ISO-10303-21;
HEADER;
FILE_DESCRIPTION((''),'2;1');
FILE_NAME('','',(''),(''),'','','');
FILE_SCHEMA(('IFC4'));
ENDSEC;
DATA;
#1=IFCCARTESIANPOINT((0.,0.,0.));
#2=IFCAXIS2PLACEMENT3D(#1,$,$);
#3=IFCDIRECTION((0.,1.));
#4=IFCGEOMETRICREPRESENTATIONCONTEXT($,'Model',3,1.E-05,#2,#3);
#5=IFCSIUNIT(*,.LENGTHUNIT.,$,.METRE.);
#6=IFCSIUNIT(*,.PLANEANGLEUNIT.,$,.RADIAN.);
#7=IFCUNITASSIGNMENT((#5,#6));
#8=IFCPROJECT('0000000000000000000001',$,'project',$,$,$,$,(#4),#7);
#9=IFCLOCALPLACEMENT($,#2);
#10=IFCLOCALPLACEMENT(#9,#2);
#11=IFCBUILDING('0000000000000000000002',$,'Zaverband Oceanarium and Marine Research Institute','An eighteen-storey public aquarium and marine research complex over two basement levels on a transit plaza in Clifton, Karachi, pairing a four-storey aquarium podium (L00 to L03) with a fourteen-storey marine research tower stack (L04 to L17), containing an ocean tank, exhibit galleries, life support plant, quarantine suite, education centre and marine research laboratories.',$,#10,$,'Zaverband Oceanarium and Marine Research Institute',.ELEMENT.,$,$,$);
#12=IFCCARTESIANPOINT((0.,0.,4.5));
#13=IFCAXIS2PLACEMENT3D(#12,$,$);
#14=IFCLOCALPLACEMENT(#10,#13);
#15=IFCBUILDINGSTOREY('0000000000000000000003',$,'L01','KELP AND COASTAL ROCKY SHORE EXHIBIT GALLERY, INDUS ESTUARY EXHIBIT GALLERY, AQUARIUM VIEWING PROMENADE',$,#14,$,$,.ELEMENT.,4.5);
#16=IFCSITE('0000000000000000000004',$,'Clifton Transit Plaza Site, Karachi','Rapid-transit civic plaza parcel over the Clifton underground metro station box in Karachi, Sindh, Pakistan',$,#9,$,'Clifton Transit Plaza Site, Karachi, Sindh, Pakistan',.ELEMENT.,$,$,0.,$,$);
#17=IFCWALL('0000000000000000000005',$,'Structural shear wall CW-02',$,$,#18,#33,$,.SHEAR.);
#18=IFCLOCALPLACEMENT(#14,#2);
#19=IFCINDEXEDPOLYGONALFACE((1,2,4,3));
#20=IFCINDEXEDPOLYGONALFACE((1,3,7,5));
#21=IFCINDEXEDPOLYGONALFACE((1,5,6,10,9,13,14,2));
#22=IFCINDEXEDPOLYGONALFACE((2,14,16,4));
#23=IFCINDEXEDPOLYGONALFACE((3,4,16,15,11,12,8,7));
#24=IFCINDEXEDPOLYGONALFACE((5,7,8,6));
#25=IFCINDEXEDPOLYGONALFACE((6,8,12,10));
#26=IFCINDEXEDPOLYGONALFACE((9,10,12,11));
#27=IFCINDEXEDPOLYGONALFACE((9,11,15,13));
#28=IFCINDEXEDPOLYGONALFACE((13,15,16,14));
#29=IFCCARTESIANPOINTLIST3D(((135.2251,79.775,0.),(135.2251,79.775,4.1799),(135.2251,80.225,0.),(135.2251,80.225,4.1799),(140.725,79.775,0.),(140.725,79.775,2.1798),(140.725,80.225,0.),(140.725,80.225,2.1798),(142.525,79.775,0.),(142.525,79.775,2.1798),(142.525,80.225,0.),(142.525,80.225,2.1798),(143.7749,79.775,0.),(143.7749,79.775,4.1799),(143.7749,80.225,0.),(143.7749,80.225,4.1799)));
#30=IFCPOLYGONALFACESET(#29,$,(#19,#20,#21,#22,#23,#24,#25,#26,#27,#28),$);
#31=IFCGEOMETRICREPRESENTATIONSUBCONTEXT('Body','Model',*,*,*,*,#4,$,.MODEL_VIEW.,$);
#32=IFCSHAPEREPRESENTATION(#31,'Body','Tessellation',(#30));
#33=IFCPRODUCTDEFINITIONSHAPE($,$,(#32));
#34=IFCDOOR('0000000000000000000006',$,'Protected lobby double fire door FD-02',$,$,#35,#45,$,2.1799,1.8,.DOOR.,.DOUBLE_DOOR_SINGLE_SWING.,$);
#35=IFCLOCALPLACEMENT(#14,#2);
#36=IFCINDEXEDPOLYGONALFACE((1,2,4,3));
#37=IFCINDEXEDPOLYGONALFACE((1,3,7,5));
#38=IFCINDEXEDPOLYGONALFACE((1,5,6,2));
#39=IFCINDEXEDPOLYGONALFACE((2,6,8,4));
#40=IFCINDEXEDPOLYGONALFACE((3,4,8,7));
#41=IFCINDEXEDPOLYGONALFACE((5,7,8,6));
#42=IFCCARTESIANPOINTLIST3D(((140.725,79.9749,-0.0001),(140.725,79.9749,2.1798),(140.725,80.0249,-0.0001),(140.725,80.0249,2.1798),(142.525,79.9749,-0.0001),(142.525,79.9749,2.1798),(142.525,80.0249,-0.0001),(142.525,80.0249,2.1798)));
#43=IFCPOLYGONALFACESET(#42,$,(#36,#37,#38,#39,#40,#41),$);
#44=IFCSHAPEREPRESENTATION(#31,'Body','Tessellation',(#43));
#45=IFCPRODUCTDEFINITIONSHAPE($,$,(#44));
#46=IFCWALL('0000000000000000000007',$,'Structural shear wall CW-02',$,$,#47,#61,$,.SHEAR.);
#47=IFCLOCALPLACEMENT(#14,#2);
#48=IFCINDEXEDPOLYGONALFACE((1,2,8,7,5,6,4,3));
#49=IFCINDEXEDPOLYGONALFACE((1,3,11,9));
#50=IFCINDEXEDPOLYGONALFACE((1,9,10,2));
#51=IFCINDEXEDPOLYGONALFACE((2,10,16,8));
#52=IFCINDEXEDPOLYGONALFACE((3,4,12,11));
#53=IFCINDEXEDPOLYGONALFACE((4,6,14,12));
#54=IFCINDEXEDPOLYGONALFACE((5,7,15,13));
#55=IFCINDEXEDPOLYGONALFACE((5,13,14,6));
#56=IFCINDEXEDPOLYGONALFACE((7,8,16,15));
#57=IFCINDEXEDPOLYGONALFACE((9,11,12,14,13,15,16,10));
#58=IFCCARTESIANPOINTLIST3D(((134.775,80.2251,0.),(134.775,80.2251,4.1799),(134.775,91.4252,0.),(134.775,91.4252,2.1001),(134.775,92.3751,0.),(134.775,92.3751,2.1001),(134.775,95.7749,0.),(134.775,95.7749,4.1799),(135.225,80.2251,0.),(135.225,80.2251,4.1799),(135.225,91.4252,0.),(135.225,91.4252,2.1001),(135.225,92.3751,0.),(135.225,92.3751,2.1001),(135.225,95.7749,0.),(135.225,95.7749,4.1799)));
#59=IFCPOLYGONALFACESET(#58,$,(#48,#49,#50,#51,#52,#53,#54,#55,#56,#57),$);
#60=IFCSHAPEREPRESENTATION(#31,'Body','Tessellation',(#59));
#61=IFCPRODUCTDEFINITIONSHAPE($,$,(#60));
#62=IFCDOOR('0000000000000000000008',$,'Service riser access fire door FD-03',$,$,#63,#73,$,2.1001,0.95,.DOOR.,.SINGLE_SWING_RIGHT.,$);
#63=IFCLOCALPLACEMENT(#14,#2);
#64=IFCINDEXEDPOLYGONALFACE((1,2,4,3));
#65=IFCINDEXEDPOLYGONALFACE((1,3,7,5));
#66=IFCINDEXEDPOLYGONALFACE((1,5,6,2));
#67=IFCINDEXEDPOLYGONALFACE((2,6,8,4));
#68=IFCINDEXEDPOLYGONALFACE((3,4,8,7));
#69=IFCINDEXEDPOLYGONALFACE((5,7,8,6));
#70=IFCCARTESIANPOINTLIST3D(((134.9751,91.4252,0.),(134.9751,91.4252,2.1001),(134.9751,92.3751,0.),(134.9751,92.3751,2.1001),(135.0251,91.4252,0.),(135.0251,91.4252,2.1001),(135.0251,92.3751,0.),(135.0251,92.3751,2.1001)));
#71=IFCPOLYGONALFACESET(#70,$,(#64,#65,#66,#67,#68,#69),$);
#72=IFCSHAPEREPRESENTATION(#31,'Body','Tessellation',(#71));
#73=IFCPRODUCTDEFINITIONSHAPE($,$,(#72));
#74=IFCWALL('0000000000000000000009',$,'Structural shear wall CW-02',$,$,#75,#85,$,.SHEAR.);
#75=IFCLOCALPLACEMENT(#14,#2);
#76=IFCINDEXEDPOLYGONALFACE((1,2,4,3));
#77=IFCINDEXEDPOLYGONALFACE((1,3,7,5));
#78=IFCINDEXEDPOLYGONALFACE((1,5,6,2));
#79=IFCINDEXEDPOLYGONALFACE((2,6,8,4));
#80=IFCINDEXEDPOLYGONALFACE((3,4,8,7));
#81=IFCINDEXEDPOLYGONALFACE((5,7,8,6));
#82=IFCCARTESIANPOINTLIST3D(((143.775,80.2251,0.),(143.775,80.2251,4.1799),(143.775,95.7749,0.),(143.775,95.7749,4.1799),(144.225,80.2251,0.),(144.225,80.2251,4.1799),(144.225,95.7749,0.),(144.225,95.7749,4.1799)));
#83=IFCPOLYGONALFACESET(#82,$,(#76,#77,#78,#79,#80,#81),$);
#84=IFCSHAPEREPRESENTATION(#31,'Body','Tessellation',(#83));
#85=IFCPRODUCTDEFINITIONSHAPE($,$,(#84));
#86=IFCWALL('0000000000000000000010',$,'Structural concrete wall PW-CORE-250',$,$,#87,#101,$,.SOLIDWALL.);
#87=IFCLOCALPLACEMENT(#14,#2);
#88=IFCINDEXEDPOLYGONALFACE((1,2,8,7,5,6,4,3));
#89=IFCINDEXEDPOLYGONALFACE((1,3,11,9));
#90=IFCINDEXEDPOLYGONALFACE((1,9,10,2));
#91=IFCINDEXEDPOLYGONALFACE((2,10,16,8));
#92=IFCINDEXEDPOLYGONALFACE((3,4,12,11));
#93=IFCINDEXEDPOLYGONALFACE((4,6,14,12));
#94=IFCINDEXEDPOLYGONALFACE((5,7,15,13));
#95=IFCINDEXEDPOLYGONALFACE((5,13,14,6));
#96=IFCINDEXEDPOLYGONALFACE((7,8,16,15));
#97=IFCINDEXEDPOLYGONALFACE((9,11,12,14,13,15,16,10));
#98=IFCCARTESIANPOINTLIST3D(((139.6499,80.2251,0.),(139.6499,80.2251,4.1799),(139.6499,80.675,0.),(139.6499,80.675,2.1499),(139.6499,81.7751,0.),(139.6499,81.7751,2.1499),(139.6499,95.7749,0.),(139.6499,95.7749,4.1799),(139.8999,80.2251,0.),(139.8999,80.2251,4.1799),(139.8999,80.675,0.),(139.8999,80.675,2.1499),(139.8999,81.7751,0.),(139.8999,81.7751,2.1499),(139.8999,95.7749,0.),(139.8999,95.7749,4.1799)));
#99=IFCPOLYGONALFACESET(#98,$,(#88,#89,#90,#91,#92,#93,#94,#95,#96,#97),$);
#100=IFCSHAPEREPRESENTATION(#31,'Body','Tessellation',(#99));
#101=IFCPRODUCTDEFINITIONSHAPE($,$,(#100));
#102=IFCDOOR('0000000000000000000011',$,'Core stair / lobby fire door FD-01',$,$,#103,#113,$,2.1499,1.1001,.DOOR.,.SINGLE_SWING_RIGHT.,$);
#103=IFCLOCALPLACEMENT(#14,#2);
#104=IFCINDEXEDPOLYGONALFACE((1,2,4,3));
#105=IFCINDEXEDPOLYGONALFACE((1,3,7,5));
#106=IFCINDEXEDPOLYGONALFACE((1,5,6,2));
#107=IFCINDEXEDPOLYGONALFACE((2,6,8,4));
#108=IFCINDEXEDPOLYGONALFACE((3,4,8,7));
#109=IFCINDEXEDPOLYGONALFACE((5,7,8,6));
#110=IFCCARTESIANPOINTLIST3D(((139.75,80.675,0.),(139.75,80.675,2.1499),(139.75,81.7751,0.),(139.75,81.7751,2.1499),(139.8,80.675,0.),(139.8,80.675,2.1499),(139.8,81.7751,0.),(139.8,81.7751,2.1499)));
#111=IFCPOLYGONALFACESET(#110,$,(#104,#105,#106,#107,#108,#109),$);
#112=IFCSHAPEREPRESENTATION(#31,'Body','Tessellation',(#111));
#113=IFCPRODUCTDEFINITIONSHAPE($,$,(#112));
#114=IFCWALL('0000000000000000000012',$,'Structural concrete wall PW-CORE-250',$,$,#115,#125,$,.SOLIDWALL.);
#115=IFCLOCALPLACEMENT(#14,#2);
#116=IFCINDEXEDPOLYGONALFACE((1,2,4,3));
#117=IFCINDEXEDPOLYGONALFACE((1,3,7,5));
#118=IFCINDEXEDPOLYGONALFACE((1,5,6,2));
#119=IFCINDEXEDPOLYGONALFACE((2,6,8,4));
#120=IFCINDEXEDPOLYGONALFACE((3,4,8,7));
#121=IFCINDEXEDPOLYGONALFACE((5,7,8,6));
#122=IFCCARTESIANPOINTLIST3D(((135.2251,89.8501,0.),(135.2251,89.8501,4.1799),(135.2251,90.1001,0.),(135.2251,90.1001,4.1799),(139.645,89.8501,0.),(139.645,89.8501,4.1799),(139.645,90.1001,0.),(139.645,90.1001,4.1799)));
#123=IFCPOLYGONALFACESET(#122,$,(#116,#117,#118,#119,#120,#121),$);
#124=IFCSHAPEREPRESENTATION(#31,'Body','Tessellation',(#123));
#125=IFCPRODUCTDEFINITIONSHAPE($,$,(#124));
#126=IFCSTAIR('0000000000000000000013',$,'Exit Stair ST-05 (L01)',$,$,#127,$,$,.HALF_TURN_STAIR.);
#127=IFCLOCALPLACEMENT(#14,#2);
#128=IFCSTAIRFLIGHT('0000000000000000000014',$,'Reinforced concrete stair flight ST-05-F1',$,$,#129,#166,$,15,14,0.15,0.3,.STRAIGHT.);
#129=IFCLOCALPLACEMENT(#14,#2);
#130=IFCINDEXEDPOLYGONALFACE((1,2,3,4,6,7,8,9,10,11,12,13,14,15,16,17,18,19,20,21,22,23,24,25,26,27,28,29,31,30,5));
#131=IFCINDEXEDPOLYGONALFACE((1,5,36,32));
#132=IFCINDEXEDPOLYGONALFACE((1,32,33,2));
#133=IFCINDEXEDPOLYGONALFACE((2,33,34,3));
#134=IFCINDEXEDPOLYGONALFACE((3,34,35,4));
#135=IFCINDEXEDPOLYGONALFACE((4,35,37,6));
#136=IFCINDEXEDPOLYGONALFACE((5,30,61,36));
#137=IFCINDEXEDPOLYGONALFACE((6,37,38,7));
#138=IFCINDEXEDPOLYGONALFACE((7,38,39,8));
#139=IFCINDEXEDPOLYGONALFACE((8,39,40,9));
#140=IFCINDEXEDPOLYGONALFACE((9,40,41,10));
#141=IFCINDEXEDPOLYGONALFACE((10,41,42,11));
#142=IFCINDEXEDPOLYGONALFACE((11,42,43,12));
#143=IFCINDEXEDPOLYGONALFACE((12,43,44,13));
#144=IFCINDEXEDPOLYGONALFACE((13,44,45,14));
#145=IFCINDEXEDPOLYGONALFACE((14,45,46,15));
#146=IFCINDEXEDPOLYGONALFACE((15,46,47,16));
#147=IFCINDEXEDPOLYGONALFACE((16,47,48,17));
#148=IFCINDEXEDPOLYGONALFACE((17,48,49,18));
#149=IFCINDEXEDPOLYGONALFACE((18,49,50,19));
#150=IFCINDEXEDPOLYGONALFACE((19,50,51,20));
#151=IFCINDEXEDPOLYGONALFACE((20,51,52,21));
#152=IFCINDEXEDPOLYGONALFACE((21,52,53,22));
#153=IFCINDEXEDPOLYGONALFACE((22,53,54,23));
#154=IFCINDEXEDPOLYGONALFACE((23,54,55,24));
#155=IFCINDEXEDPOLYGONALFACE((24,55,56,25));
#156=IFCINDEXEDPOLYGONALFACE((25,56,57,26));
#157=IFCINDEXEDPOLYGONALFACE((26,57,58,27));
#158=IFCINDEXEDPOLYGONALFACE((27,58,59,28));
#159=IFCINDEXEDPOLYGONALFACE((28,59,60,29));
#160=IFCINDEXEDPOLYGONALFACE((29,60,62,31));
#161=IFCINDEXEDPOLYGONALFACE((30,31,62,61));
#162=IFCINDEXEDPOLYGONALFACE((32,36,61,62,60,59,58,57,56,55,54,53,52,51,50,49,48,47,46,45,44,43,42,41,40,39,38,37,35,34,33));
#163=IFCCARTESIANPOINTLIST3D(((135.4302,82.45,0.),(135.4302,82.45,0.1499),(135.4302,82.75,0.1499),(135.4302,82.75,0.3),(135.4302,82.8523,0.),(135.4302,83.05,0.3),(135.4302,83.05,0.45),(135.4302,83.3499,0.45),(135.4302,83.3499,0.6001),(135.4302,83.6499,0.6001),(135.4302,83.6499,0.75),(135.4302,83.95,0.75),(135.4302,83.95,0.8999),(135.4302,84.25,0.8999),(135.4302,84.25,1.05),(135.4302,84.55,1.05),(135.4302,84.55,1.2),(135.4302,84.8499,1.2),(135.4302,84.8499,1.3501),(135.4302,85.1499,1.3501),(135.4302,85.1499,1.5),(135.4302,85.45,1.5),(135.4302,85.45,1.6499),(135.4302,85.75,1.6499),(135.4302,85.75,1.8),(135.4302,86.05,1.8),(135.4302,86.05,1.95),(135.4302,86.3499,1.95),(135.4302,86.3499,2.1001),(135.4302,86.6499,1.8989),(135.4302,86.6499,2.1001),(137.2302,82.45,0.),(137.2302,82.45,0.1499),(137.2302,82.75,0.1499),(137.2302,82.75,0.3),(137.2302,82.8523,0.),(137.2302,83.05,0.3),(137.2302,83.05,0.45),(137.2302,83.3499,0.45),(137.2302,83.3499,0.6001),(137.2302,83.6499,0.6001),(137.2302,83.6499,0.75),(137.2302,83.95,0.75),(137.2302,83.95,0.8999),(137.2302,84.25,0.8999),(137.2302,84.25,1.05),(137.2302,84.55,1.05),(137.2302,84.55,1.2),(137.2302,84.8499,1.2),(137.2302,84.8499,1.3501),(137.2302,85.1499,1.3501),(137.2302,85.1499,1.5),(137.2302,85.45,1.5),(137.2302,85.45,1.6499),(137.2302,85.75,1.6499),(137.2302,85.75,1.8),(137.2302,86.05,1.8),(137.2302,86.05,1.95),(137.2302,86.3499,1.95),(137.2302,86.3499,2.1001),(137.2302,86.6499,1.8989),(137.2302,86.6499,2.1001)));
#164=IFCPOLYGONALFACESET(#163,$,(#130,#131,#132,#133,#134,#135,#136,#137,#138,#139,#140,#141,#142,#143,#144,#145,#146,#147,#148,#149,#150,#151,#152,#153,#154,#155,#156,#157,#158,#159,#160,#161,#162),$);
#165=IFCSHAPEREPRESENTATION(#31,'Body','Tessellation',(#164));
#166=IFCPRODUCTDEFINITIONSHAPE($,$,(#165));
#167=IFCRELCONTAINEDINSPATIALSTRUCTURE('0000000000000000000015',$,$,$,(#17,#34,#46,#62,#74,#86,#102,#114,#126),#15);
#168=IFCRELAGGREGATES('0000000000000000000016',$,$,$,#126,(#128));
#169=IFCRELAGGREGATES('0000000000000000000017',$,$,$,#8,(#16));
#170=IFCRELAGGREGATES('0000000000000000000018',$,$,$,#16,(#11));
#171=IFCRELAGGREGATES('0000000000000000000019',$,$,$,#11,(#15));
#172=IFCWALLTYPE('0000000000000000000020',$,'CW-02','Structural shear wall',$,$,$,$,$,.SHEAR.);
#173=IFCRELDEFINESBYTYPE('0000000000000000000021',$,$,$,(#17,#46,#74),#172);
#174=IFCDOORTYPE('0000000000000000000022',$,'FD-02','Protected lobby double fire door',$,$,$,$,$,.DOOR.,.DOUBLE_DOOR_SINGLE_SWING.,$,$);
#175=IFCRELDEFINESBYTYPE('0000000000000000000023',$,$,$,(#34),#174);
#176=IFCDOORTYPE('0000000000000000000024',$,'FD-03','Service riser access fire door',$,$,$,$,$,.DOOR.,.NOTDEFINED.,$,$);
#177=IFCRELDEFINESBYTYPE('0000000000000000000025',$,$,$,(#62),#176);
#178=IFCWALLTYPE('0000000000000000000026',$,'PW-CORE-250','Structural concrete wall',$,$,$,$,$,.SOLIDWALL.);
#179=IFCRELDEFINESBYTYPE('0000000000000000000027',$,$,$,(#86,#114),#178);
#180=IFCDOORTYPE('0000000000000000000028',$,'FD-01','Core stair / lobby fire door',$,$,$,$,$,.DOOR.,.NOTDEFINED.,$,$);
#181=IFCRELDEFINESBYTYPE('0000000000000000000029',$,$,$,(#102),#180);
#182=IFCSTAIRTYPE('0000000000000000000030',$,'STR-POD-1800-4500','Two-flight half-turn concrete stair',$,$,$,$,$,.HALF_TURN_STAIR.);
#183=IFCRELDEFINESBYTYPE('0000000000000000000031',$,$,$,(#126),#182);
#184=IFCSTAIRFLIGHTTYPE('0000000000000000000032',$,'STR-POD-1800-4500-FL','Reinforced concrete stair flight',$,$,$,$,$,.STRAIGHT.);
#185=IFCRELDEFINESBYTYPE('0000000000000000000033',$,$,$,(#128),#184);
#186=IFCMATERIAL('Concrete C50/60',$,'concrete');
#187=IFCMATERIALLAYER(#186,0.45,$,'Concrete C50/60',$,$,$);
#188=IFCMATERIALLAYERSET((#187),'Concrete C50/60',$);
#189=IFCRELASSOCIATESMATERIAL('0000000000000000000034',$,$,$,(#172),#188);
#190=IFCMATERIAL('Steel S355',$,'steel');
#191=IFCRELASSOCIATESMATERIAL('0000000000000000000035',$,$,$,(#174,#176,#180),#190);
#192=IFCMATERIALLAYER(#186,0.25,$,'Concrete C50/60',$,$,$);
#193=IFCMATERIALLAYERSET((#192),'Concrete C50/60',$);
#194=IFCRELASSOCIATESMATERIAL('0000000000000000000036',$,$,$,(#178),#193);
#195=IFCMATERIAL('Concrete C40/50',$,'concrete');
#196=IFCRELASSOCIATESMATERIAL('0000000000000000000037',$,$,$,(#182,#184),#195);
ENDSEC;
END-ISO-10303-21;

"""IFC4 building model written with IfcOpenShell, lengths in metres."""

from ifc_helpers import new_model, si_unit, direction, frame, frame_2d, origin, place, context, subcontext, project, spatial, polyline, rectangle, outline, extrude, material, layer, layer_set, type_object, element, fill, aggregate, save


model = new_model("IFC4")

# Units and contexts
model_context = context("Model", 3, precision=1e-05, world=origin(), true_north=direction((0.0, 1.0)))
body_context = subcontext(model_context, "Body", "Model", "MODEL_VIEW")
ifc_project = project(units=[si_unit("LENGTHUNIT", "METRE"), si_unit("PLANEANGLEUNIT", "RADIAN")], contexts=[model_context])

# Site, building, storey
site_placement = place(None, origin())
site = spatial("IfcSite", under=ifc_project, at=site_placement, Name="Clifton Transit Plaza Site, Karachi", Description="Rapid-transit civic plaza parcel over the Clifton underground metro station box in Karachi, Sindh, Pakistan", LongName="Clifton Transit Plaza Site, Karachi, Sindh, Pakistan", CompositionType="ELEMENT", RefElevation=0.0)
building_placement = place(site_placement, origin())
building = spatial("IfcBuilding", under=site, at=building_placement, Name="Zaverband Oceanarium and Marine Research Institute", Description="An eighteen-storey public aquarium and marine research complex over two basement levels on a transit plaza in Clifton, Karachi, pairing a four-storey aquarium podium (L00 to L03) with a fourteen-storey marine research tower stack (L04 to L17), containing an ocean tank, exhibit galleries, life support plant, quarantine suite, education centre and marine research laboratories.", LongName="Zaverband Oceanarium and Marine Research Institute", CompositionType="ELEMENT")
storey_placement = place(building_placement, frame((0.0, 0.0, 4.5)))
storey = spatial("IfcBuildingStorey", under=building, at=storey_placement, Name="L01", Description="KELP AND COASTAL ROCKY SHORE EXHIBIT GALLERY, INDUS ESTUARY EXHIBIT GALLERY, AQUARIUM VIEWING PROMENADE", CompositionType="ELEMENT", Elevation=4.5)

# Shared definitions
ifc_material_1 = material(Name="Concrete C50/60", Category="concrete")

# Shared definitions
ifc_material_2 = material(Name="Concrete C40/50", Category="concrete")

# Walls, openings, doors
ifc_layer_1 = layer(ifc_material_1, 0.45, Name="Concrete C50/60")
ifc_layer_set_1 = layer_set([ifc_layer_1], Name="Concrete C50/60")
wall_type_1 = type_object("IfcWallType", Name="CW-02", Description="Structural shear wall", PredefinedType="SHEAR", material=ifc_layer_set_1)
wall_1_placement = place(storey_placement, frame((135.2251, 80.0, 0.0), z_axis=(0.0, 0.0, 1.0), x_axis=(1.0, 0.0, 0.0)))
wall_1 = element("IfcWall", 1, at=wall_1_placement, inside=storey, type_object=wall_type_1, Name="Structural shear wall CW-02", PredefinedType="SHEAR", context=body_context, shape_type="SweptSolid", body=[
    extrude(rectangle(XDim=8.5498, YDim=0.45, at=frame_2d((4.2749, 0.0))), origin(), (0.0, 0.0, 1.0), 4.1799),
])
opening_1_placement = place(wall_1_placement, frame((5.5, 0.0, 0.0)))
opening_1 = element("IfcOpeningElement", 2, at=opening_1_placement, cuts=wall_1, PredefinedType="OPENING", context=body_context, shape_type="SweptSolid", body=[
    extrude(rectangle(XDim=1.8, YDim=2.1799, at=frame_2d((0.8999, 1.0898))), frame((0.0, 0.2368, 0.0), z_axis=(0.0, -1.0, 0.0), x_axis=(1.0, 0.0, 0.0)), (0.0, 0.0, 1.0), 0.4739),
])
ifc_material_3 = material(Name="Steel S355", Category="steel")
door_type_1 = type_object("IfcDoorType", Name="FD-02", Description="Protected lobby double fire door", OperationType="DOUBLE_DOOR_SINGLE_SWING", PredefinedType="DOOR", material=ifc_material_3)
door_1_placement = place(opening_1_placement, origin())
door_1 = element("IfcDoor", 3, at=door_1_placement, inside=storey, type_object=door_type_1, Name="Protected lobby double fire door FD-02", OperationType="DOUBLE_DOOR_SINGLE_SWING", OverallHeight=2.1799, OverallWidth=1.8, PredefinedType="DOOR", context=body_context, shape_type="SweptSolid", body=[
    extrude(rectangle(XDim=1.8, YDim=2.1799, at=frame_2d((0.8999, 1.0898))), frame((0.0, 0.0249, 0.0), z_axis=(0.0, -1.0, 0.0), x_axis=(1.0, 0.0, 0.0)), (0.0, 0.0, 1.0), 0.05),
])
fill(opening_1, door_1)
wall_2_placement = place(storey_placement, frame((135.0, 80.2251, 0.0), z_axis=(0.0, 0.0, 1.0), x_axis=(0.0, 1.0, 0.0)))
wall_2 = element("IfcWall", 4, at=wall_2_placement, inside=storey, type_object=wall_type_1, Name="Structural shear wall CW-02", PredefinedType="SHEAR", context=body_context, shape_type="SweptSolid", body=[
    extrude(rectangle(XDim=15.5498, YDim=0.45, at=frame_2d((7.7749, 0.0))), origin(), (0.0, 0.0, 1.0), 4.1799),
])
opening_2_placement = place(wall_2_placement, frame((11.2, 0.0, 0.0)))
opening_2 = element("IfcOpeningElement", 5, at=opening_2_placement, cuts=wall_2, PredefinedType="OPENING", context=body_context, shape_type="SweptSolid", body=[
    extrude(rectangle(XDim=0.95, YDim=2.1001, at=frame_2d((0.4751, 1.05))), frame((0.0, 0.2368, 0.0), z_axis=(0.0, -1.0, 0.0), x_axis=(1.0, 0.0, 0.0)), (0.0, 0.0, 1.0), 0.4739),
])
door_type_2 = type_object("IfcDoorType", Name="FD-03", Description="Service riser access fire door", OperationType="NOTDEFINED", PredefinedType="DOOR", material=ifc_material_3)
door_2_placement = place(opening_2_placement, origin())
door_2 = element("IfcDoor", 6, at=door_2_placement, inside=storey, type_object=door_type_2, Name="Service riser access fire door FD-03", OperationType="SINGLE_SWING_RIGHT", OverallHeight=2.1001, OverallWidth=0.95, PredefinedType="DOOR", context=body_context, shape_type="SweptSolid", body=[
    extrude(rectangle(XDim=0.95, YDim=2.1001, at=frame_2d((0.4751, 1.05))), frame((0.0, 0.0249, 0.0), z_axis=(0.0, -1.0, 0.0), x_axis=(1.0, 0.0, 0.0)), (0.0, 0.0, 1.0), 0.05),
])
fill(opening_2, door_2)

# Wall
wall_3_placement = place(storey_placement, frame((144.0, 80.2251, 0.0), z_axis=(0.0, 0.0, 1.0), x_axis=(0.0, 1.0, 0.0)))
element("IfcWall", 7, at=wall_3_placement, inside=storey, type_object=wall_type_1, Name="Structural shear wall CW-02", PredefinedType="SHEAR", context=body_context, shape_type="SweptSolid", body=[
    extrude(rectangle(XDim=15.5498, YDim=0.45, at=frame_2d((7.7749, 0.0))), origin(), (0.0, 0.0, 1.0), 4.1799),
])

# Wall, opening, door
ifc_layer_2 = layer(ifc_material_1, 0.25, Name="Concrete C50/60")
ifc_layer_set_2 = layer_set([ifc_layer_2], Name="Concrete C50/60")
wall_type_2 = type_object("IfcWallType", Name="PW-CORE-250", Description="Structural concrete wall", PredefinedType="SOLIDWALL", material=ifc_layer_set_2)
wall_4_placement = place(storey_placement, frame((139.7749, 80.2251, 0.0), z_axis=(0.0, 0.0, 1.0), x_axis=(0.0, 1.0, 0.0)))
wall_4 = element("IfcWall", 8, at=wall_4_placement, inside=storey, type_object=wall_type_2, Name="Structural concrete wall PW-CORE-250", PredefinedType="SOLIDWALL", context=body_context, shape_type="SweptSolid", body=[
    extrude(rectangle(XDim=15.5498, YDim=0.25, at=frame_2d((7.7749, 0.0))), origin(), (0.0, 0.0, 1.0), 4.1799),
])
opening_3_placement = place(wall_4_placement, frame((0.45, 0.0, 0.0)))
opening_3 = element("IfcOpeningElement", 9, at=opening_3_placement, cuts=wall_4, PredefinedType="OPENING", context=body_context, shape_type="SweptSolid", body=[
    extrude(rectangle(XDim=1.1001, YDim=2.1499, at=frame_2d((0.55, 1.075))), frame((0.0, 0.137, 0.0), z_axis=(0.0, -1.0, 0.0), x_axis=(1.0, 0.0, 0.0)), (0.0, 0.0, 1.0), 0.2739),
])
door_type_3 = type_object("IfcDoorType", Name="FD-01", Description="Core stair / lobby fire door", OperationType="NOTDEFINED", PredefinedType="DOOR", material=ifc_material_3)
door_3_placement = place(opening_3_placement, origin())
door_3 = element("IfcDoor", 10, at=door_3_placement, inside=storey, type_object=door_type_3, Name="Core stair / lobby fire door FD-01", OperationType="SINGLE_SWING_RIGHT", OverallHeight=2.1499, OverallWidth=1.1001, PredefinedType="DOOR", context=body_context, shape_type="SweptSolid", body=[
    extrude(rectangle(XDim=1.1001, YDim=2.1499, at=frame_2d((0.55, 1.075))), frame((0.0, 0.0249, 0.0), z_axis=(0.0, -1.0, 0.0), x_axis=(1.0, 0.0, 0.0)), (0.0, 0.0, 1.0), 0.05),
])
fill(opening_3, door_3)

# Wall
wall_5_placement = place(storey_placement, frame((135.2251, 89.9751, 0.0), z_axis=(0.0, 0.0, 1.0), x_axis=(1.0, 0.0, 0.0)))
element("IfcWall", 11, at=wall_5_placement, inside=storey, type_object=wall_type_2, Name="Structural concrete wall PW-CORE-250", PredefinedType="SOLIDWALL", context=body_context, shape_type="SweptSolid", body=[
    extrude(rectangle(XDim=4.4199, YDim=0.25, at=frame_2d((2.21, 0.0))), origin(), (0.0, 0.0, 1.0), 4.1799),
])

# Stair, stair flight
stair_type = type_object("IfcStairType", Name="STR-POD-1800-4500", Description="Two-flight half-turn concrete stair", PredefinedType="HALF_TURN_STAIR", material=ifc_material_2)
stair_placement = place(storey_placement, origin())
stair = element("IfcStair", 12, at=stair_placement, inside=storey, type_object=stair_type, Name="Exit Stair ST-05 (L01)", PredefinedType="HALF_TURN_STAIR")
stair_flight_type = type_object("IfcStairFlightType", Name="STR-POD-1800-4500-FL", Description="Reinforced concrete stair flight", PredefinedType="STRAIGHT", material=ifc_material_2)
stair_flight_1_placement = place(storey_placement, frame((136.3301, 82.45, 0.0), z_axis=(0.0, 0.0, 1.0), x_axis=(0.0, 1.0, 0.0)))
stair_flight_1 = element("IfcStairFlight", 13, at=stair_flight_1_placement, type_object=stair_flight_type, Name="Reinforced concrete stair flight ST-05-F1", NumberOfRisers=15, NumberOfTreads=14, PredefinedType="STRAIGHT", RiserHeight=0.15, TreadLength=0.3, context=body_context, shape_type="SweptSolid", body=[
    extrude(outline(polyline([(0.0, 0.0), (0.0, 0.1499), (0.3, 0.1499), (0.3, 0.3), (0.6001, 0.3), (0.6001, 0.45), (0.8999, 0.45), (0.8999, 0.6001), (1.2, 0.6001), (1.2, 0.75), (1.5, 0.75), (1.5, 0.8999), (1.8, 0.8999), (1.8, 1.05), (2.1001, 1.05), (2.1001, 1.2), (2.3999, 1.2), (2.3999, 1.3501), (2.7, 1.3501), (2.7, 1.5), (3.0, 1.5), (3.0, 1.6499), (3.3, 1.6499), (3.3, 1.8), (3.6001, 1.8), (3.6001, 1.95), (3.8999, 1.95), (3.8999, 2.1001), (4.2, 2.1001), (4.2, 2.25), (4.2, 1.8989), (0.4023, 0.0), (0.0, 0.0)])), frame((0.0, 0.8999, 0.0), z_axis=(0.0, -1.0, 0.0), x_axis=(1.0, 0.0, 0.0)), (0.0, 0.0, 1.0), 1.8),
])
aggregate(stair, [stair_flight_1])

save(model, "model.ifc")
